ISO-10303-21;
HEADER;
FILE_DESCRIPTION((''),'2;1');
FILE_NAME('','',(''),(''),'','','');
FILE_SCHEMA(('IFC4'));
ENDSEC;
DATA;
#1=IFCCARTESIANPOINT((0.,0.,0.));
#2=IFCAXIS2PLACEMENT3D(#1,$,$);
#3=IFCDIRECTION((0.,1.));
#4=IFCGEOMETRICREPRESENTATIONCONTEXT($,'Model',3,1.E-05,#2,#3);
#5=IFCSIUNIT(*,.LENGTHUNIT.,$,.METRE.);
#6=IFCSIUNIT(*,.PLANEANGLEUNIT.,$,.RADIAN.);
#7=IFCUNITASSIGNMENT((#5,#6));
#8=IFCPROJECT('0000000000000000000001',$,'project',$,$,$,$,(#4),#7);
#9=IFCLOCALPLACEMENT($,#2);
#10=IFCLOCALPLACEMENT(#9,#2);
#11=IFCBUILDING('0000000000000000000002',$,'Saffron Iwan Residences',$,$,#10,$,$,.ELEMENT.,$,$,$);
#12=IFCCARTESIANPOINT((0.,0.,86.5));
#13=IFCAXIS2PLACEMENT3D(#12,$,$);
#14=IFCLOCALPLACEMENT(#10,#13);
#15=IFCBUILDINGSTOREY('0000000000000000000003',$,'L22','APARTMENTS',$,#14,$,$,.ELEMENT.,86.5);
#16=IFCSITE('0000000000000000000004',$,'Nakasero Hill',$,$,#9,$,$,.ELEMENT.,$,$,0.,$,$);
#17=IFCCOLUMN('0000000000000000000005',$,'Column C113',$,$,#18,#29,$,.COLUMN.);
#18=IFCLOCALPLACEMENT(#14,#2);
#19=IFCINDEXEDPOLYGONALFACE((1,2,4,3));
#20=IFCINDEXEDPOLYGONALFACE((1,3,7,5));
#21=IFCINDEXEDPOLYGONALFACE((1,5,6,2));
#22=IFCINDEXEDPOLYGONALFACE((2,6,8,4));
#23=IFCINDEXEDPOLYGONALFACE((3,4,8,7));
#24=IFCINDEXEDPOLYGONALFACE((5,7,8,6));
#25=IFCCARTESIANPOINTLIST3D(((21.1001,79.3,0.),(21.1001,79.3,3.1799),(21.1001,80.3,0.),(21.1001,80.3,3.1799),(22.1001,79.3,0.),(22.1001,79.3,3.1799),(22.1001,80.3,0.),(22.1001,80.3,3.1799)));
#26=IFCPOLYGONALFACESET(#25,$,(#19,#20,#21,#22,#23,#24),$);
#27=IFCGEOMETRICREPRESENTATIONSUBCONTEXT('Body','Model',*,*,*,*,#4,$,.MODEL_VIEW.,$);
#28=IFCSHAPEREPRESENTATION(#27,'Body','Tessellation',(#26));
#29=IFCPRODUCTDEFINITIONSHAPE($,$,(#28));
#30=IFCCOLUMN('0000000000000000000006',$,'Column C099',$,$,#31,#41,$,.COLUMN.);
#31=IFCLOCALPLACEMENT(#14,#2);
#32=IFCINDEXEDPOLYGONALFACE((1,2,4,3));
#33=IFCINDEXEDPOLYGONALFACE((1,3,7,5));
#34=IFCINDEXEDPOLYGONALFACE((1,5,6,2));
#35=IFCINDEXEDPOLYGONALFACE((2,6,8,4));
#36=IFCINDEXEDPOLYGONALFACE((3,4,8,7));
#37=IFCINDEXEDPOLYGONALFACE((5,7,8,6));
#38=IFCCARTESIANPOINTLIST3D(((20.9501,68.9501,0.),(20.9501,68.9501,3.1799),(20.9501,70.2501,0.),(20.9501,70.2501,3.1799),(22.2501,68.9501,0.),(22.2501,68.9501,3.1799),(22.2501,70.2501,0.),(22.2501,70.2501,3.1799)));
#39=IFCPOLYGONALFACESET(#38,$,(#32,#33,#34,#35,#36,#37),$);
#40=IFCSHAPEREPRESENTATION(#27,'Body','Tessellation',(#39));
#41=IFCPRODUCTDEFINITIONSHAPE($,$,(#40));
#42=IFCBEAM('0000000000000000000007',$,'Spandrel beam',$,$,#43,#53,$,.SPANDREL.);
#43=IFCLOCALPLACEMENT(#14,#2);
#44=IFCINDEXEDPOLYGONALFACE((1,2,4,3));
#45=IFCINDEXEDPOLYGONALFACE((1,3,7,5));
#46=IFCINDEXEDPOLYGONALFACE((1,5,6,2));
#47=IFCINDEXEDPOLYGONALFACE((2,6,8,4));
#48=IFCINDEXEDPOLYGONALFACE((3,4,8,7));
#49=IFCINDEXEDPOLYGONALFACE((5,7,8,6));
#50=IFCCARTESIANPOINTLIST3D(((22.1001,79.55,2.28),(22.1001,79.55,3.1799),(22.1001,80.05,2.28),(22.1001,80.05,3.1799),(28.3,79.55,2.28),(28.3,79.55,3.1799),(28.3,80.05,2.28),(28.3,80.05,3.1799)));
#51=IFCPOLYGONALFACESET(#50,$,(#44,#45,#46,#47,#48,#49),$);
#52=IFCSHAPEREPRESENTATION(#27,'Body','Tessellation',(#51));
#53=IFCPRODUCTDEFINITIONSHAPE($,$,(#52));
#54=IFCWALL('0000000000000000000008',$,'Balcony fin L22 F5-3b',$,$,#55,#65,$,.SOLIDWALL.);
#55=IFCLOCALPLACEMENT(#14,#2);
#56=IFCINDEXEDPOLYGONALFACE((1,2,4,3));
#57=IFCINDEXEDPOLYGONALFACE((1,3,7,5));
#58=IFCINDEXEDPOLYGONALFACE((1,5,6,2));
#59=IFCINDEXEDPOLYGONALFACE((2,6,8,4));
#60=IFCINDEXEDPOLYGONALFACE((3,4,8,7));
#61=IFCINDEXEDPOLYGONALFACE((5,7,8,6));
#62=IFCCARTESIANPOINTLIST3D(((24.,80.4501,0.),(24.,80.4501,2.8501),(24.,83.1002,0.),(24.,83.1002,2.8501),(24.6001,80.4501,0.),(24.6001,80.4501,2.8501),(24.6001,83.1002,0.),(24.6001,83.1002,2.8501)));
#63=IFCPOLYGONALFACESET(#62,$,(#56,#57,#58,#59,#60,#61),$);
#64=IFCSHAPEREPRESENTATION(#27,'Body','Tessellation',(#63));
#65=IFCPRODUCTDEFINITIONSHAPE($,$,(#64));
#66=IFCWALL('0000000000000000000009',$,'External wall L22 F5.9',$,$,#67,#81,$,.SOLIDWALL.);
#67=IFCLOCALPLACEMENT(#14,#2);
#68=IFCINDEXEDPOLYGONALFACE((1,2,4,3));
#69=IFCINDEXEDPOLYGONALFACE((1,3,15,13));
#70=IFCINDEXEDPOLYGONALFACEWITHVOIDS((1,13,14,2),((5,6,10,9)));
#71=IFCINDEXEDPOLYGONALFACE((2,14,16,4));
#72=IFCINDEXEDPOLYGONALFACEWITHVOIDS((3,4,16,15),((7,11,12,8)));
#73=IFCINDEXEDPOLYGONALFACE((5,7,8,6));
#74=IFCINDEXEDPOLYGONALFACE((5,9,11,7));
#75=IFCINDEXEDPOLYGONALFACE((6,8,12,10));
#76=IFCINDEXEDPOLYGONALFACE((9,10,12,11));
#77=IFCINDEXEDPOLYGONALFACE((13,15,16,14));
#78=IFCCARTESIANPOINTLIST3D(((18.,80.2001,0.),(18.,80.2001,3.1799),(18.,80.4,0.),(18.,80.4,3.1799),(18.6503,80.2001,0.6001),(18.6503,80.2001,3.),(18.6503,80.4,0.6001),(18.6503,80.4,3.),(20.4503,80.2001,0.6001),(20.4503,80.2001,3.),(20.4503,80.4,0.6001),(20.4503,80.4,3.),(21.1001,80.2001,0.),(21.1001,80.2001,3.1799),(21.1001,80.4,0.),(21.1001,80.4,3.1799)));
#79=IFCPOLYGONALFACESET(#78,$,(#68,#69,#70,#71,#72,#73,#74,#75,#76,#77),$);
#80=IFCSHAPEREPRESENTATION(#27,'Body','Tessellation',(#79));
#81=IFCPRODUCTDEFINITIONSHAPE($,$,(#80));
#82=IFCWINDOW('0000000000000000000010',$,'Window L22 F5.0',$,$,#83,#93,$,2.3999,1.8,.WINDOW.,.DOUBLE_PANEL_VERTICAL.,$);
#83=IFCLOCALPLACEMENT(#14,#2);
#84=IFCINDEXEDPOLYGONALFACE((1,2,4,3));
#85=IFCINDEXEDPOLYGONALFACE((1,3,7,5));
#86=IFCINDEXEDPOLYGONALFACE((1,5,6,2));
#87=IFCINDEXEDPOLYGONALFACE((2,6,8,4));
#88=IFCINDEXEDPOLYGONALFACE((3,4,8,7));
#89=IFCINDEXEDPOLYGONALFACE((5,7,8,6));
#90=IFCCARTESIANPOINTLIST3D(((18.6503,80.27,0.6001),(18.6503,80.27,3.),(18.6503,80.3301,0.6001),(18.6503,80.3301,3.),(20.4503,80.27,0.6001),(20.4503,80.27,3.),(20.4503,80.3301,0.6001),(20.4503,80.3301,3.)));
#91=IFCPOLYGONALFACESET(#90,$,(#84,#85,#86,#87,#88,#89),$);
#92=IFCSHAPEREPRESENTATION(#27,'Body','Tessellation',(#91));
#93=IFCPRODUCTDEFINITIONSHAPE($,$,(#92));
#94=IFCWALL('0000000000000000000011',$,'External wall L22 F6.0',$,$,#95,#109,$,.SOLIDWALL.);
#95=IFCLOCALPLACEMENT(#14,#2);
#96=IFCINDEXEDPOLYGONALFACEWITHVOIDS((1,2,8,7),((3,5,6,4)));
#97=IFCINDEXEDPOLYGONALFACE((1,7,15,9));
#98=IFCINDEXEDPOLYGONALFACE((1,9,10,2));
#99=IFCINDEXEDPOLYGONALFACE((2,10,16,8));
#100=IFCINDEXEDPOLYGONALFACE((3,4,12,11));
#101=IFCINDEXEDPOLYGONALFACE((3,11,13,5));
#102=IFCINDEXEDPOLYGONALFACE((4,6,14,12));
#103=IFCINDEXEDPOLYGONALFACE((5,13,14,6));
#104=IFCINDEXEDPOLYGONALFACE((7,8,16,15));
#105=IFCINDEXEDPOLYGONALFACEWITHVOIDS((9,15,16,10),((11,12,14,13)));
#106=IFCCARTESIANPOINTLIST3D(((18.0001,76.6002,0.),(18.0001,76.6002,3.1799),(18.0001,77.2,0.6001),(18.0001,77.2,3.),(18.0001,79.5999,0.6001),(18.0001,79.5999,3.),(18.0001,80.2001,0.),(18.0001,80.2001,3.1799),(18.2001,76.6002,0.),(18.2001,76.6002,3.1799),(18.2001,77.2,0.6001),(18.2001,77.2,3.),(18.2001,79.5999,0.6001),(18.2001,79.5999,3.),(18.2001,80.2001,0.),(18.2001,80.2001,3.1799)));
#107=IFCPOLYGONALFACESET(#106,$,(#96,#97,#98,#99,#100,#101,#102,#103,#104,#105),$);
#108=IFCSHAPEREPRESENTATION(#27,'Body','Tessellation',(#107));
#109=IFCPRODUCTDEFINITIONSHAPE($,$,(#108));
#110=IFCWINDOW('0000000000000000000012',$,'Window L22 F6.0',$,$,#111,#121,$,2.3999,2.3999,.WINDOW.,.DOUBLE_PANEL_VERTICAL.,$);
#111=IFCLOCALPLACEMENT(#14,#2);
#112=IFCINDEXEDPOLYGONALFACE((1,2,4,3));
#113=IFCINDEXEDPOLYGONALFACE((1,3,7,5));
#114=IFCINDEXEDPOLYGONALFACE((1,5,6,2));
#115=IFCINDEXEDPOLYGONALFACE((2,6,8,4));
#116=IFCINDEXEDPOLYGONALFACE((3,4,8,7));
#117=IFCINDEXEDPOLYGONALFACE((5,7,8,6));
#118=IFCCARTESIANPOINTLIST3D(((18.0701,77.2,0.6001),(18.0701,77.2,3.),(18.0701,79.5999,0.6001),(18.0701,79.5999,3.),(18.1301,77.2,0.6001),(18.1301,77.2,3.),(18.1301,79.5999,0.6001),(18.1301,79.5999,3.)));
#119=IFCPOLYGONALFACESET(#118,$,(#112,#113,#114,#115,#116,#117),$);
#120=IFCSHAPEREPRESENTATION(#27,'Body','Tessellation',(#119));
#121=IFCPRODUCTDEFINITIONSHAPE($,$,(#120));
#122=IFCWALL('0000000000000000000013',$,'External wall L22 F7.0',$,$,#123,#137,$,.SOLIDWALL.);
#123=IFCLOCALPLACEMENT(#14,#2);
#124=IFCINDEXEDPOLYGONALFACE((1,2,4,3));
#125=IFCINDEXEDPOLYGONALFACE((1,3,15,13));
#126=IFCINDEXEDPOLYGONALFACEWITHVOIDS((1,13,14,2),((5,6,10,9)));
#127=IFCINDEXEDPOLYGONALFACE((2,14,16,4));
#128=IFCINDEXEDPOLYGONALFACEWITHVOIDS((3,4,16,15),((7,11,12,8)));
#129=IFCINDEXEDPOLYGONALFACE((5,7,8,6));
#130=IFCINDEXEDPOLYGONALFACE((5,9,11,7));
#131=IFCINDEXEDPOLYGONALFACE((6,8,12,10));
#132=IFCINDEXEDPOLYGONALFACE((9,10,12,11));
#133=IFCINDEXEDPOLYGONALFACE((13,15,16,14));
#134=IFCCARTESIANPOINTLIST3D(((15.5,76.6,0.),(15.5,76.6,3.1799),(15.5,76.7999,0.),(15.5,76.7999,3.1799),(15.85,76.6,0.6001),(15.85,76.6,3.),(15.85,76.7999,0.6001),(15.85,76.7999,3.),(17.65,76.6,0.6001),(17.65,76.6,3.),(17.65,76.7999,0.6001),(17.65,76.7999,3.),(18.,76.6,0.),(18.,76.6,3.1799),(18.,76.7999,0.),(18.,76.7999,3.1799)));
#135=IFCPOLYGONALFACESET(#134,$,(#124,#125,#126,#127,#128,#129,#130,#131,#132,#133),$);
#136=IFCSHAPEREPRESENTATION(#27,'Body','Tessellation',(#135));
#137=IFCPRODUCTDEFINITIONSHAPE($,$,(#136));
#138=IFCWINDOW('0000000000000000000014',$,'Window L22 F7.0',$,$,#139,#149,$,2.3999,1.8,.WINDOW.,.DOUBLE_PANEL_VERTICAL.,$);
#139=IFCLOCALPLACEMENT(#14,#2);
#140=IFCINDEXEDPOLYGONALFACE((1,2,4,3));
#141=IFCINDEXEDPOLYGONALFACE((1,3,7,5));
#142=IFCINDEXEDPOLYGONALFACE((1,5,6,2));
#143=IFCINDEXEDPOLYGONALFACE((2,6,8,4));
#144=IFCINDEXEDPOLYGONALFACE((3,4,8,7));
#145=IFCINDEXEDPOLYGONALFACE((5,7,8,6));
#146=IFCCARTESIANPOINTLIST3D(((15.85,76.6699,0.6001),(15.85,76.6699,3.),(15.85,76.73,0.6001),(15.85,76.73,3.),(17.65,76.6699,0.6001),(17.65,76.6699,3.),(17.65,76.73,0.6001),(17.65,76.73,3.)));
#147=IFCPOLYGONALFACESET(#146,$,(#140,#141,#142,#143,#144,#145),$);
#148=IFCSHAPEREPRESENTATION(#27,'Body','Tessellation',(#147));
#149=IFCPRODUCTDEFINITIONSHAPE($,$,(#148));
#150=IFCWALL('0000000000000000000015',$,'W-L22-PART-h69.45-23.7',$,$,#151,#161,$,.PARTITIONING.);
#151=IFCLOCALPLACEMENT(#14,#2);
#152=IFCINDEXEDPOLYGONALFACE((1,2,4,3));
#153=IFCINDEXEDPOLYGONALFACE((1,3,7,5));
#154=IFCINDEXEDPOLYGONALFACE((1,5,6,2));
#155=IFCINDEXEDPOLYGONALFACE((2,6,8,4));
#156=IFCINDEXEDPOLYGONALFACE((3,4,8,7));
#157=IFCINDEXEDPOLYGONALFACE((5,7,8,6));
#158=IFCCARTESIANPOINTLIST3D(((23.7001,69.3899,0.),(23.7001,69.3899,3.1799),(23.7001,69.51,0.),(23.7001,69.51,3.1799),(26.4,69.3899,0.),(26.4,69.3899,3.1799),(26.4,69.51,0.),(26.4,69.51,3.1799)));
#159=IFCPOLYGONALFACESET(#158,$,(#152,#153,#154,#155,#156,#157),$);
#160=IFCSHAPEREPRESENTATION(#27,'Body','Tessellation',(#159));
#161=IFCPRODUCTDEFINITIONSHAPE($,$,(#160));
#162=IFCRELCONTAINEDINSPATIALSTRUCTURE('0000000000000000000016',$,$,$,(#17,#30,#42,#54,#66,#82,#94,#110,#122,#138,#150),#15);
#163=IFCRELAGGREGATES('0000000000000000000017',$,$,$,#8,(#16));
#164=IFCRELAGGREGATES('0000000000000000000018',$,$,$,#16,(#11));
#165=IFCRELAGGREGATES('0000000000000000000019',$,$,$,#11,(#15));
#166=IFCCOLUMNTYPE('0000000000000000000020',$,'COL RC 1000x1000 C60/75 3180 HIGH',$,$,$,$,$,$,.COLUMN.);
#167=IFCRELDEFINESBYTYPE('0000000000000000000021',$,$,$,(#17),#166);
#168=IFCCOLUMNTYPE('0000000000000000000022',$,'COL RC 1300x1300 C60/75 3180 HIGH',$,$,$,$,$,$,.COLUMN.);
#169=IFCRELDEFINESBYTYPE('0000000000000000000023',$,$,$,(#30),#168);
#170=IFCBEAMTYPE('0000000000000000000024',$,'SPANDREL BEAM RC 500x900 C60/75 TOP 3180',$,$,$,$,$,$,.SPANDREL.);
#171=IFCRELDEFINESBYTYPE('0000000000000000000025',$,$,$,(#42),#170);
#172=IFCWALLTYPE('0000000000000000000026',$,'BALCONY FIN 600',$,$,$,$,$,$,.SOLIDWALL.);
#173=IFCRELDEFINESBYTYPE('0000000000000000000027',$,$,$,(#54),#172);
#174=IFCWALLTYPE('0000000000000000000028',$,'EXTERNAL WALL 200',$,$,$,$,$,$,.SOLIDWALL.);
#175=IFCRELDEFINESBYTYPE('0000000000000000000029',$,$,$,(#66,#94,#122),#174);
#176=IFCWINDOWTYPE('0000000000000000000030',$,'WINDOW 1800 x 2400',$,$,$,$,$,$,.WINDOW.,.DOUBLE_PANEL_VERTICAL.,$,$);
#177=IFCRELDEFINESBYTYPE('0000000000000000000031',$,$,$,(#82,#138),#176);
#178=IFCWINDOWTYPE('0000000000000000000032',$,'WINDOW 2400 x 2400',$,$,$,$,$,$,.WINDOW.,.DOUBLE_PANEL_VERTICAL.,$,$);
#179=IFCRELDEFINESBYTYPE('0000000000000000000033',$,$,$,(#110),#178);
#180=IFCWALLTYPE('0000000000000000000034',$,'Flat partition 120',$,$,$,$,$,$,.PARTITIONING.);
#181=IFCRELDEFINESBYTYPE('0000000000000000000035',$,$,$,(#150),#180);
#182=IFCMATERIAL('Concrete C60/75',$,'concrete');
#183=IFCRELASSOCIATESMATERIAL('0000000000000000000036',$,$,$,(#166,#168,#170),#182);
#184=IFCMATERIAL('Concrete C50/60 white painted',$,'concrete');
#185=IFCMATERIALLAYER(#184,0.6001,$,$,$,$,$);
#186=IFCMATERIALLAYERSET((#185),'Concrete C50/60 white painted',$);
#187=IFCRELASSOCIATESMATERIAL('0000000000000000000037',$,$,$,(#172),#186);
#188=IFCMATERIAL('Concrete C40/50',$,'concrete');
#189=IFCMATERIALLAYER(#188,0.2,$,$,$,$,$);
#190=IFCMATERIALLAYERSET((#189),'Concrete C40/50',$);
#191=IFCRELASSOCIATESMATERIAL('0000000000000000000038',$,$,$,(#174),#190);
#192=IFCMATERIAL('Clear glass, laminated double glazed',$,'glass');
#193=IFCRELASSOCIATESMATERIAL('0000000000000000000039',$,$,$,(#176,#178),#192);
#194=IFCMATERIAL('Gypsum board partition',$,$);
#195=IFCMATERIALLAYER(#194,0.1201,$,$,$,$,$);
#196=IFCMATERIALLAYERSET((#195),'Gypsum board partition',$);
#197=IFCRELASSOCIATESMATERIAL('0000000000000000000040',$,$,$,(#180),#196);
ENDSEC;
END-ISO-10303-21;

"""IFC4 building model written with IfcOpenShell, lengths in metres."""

from ifc_helpers import new_model, si_unit, direction, frame, frame_2d, origin, origin_2d, place, context, subcontext, project, spatial, rectangle, extrude, source, transform, mapped, material, layer, layer_set, material_profile, profile_set, type_object, element, fill, save


model = new_model("IFC4")

# Units and contexts
model_context = context("Model", 3, precision=1e-05, world=origin(), true_north=direction((0.0, 1.0)))
body_context = subcontext(model_context, "Body", "Model", "MODEL_VIEW")
ifc_project = project(units=[si_unit("LENGTHUNIT", "METRE"), si_unit("PLANEANGLEUNIT", "RADIAN")], contexts=[model_context])

# Site, building, storey
site_placement = place(None, origin())
site = spatial("IfcSite", under=ifc_project, at=site_placement, Name="Nakasero Hill", CompositionType="ELEMENT", RefElevation=0.0)
building_placement = place(site_placement, origin())
building = spatial("IfcBuilding", under=site, at=building_placement, Name="Saffron Iwan Residences", CompositionType="ELEMENT")
storey_placement = place(building_placement, frame((0.0, 0.0, 86.5)))
storey = spatial("IfcBuildingStorey", under=building, at=storey_placement, Name="L22", Description="APARTMENTS", CompositionType="ELEMENT", Elevation=86.5)

# Columns
ifc_material_1 = material(Name="Concrete C60/75", Category="concrete")
ifc_material_profile_1 = material_profile(ifc_material_1, rectangle(XDim=1.0, YDim=1.0, at=origin_2d()), Name="RC 1000x1000")
ifc_profile_set_1 = profile_set([ifc_material_profile_1], Name="Concrete C60/75")
column_type_1 = type_object("IfcColumnType", Name="COL RC 1000x1000 C60/75 3180 HIGH", PredefinedType="COLUMN", material=ifc_profile_set_1)
shared_shape_1 = source(origin(), body_context, "Body", "SweptSolid", [
    extrude(rectangle(XDim=1.0, YDim=1.0, at=origin_2d()), origin(), (0.0, 0.0, 1.0), 3.1799),
])
column_1_placement = place(storey_placement, frame((21.6001, 79.8, 0.0), z_axis=(0.0, 0.0, 1.0), x_axis=(1.0, 0.0, 0.0)))
element("IfcColumn", 1, at=column_1_placement, inside=storey, type_object=column_type_1, Name="Column C113", PredefinedType="COLUMN", context=body_context, shape_type="MappedRepresentation", body=[
    mapped(shared_shape_1, transform((0.0, 0.0, 0.0))),
])
ifc_material_profile_2 = material_profile(ifc_material_1, rectangle(XDim=1.3, YDim=1.3, at=origin_2d()), Name="RC 1300x1300")
ifc_profile_set_2 = profile_set([ifc_material_profile_2], Name="Concrete C60/75")
column_type_2 = type_object("IfcColumnType", Name="COL RC 1300x1300 C60/75 3180 HIGH", PredefinedType="COLUMN", material=ifc_profile_set_2)
shared_shape_2 = source(origin(), body_context, "Body", "SweptSolid", [
    extrude(rectangle(XDim=1.3, YDim=1.3, at=origin_2d()), origin(), (0.0, 0.0, 1.0), 3.1799),
])
column_2_placement = place(storey_placement, frame((21.6001, 69.6001, 0.0), z_axis=(0.0, 0.0, 1.0), x_axis=(1.0, 0.0, 0.0)))
element("IfcColumn", 2, at=column_2_placement, inside=storey, type_object=column_type_2, Name="Column C099", PredefinedType="COLUMN", context=body_context, shape_type="MappedRepresentation", body=[
    mapped(shared_shape_2, transform((0.0, 0.0, 0.0))),
])

# Beam
ifc_material_profile_3 = material_profile(ifc_material_1, rectangle(XDim=0.5, YDim=0.8999, at=origin_2d()), Name="RC 500x900")
ifc_profile_set_3 = profile_set([ifc_material_profile_3], Name="Concrete C60/75")
beam_type = type_object("IfcBeamType", Name="SPANDREL BEAM RC 500x900 C60/75 TOP 3180", PredefinedType="SPANDREL", material=ifc_profile_set_3)
shared_shape_3 = source(origin(), body_context, "Body", "SweptSolid", [
    extrude(rectangle(XDim=0.5, YDim=0.8999, at=origin_2d()), origin(), (0.0, 0.0, 1.0), 6.2),
])
beam_placement = place(storey_placement, frame((22.1001, 79.8, 2.73), z_axis=(1.0, 0.0, 0.0), x_axis=(0.0, 1.0, 0.0)))
element("IfcBeam", 3, at=beam_placement, inside=storey, type_object=beam_type, Name="Spandrel beam", PredefinedType="SPANDREL", context=body_context, shape_type="MappedRepresentation", body=[
    mapped(shared_shape_3, transform((0.0, 0.0, 0.0))),
])

# Wall
ifc_material_2 = material(Name="Concrete C50/60 white painted", Category="concrete")
ifc_layer_1 = layer(ifc_material_2, 0.6001)
ifc_layer_set_1 = layer_set([ifc_layer_1], Name="Concrete C50/60 white painted")
wall_type_1 = type_object("IfcWallType", Name="BALCONY FIN 600", PredefinedType="SOLIDWALL", material=ifc_layer_set_1)
wall_1_placement = place(storey_placement, frame((24.3, 80.45, 0.0), z_axis=(0.0, 0.0, 1.0), x_axis=(0.0, 1.0, 0.0)))
element("IfcWall", 4, at=wall_1_placement, inside=storey, type_object=wall_type_1, Name="Balcony fin L22 F5-3b", PredefinedType="SOLIDWALL", context=body_context, shape_type="SweptSolid", body=[
    extrude(rectangle(XDim=2.6501, YDim=0.6001, at=frame_2d((1.3252, 0.0))), origin(), (0.0, 0.0, 1.0), 2.8501),
])

# Shared definitions
ifc_material_3 = material(Name="Concrete C40/50", Category="concrete")
ifc_layer_2 = layer(ifc_material_3, 0.2)
ifc_layer_set_2 = layer_set([ifc_layer_2], Name="Concrete C40/50")
wall_type_2 = type_object("IfcWallType", Name="EXTERNAL WALL 200", PredefinedType="SOLIDWALL", material=ifc_layer_set_2)
ifc_material_4 = material(Name="Clear glass, laminated double glazed", Category="glass")

# Walls, openings, windows
wall_2_placement = place(storey_placement, frame((21.1001, 80.3, 0.0), z_axis=(0.0, 0.0, 1.0), x_axis=(-1.0, 0.0, 0.0)))
wall_2 = element("IfcWall", 5, at=wall_2_placement, inside=storey, type_object=wall_type_2, Name="External wall L22 F5.9", PredefinedType="SOLIDWALL", context=body_context, shape_type="SweptSolid", body=[
    extrude(rectangle(XDim=3.1001, YDim=0.2, at=frame_2d((1.55, 0.0))), origin(), (0.0, 0.0, 1.0), 3.1799),
])
opening_1_placement = place(wall_2_placement, frame((0.6499, 0.0, 0.6001)))
opening_1 = element("IfcOpeningElement", 6, at=opening_1_placement, cuts=wall_2, PredefinedType="OPENING", context=body_context, shape_type="SweptSolid", body=[
    extrude(rectangle(XDim=1.8, YDim=2.3999, at=frame_2d((0.8999, 1.2))), frame((0.0, 0.1099, 0.0), z_axis=(0.0, -1.0, 0.0), x_axis=(1.0, 0.0, 0.0)), (0.0, 0.0, 1.0), 0.22),
])
window_type_1 = type_object("IfcWindowType", Name="WINDOW 1800 x 2400", PartitioningType="DOUBLE_PANEL_VERTICAL", PredefinedType="WINDOW", material=ifc_material_4)
window_1_placement = place(opening_1_placement, origin())
window_1 = element("IfcWindow", 7, at=window_1_placement, inside=storey, type_object=window_type_1, Name="Window L22 F5.0", OverallHeight=2.3999, OverallWidth=1.8, PartitioningType="DOUBLE_PANEL_VERTICAL", PredefinedType="WINDOW", context=body_context, shape_type="SweptSolid", body=[
    extrude(rectangle(XDim=1.8, YDim=2.3999, at=frame_2d((0.8999, 1.2))), frame((0.0, 0.03, 0.0), z_axis=(0.0, -1.0, 0.0), x_axis=(1.0, 0.0, 0.0)), (0.0, 0.0, 1.0), 0.0601),
])
fill(opening_1, window_1)
wall_3_placement = place(storey_placement, frame((18.1001, 80.2, 0.0), z_axis=(0.0, 0.0, 1.0), x_axis=(0.0, -1.0, 0.0)))
wall_3 = element("IfcWall", 8, at=wall_3_placement, inside=storey, type_object=wall_type_2, Name="External wall L22 F6.0", PredefinedType="SOLIDWALL", context=body_context, shape_type="SweptSolid", body=[
    extrude(rectangle(XDim=3.5999, YDim=0.2, at=frame_2d((1.7998, 0.0))), origin(), (0.0, 0.0, 1.0), 3.1799),
])
opening_2_placement = place(wall_3_placement, frame((0.6001, 0.0, 0.6001)))
opening_2 = element("IfcOpeningElement", 9, at=opening_2_placement, cuts=wall_3, PredefinedType="OPENING", context=body_context, shape_type="SweptSolid", body=[
    extrude(rectangle(XDim=2.3999, YDim=2.3999, at=frame_2d((1.2, 1.2))), frame((0.0, 0.1099, 0.0), z_axis=(0.0, -1.0, 0.0), x_axis=(1.0, 0.0, 0.0)), (0.0, 0.0, 1.0), 0.22),
])
window_type_2 = type_object("IfcWindowType", Name="WINDOW 2400 x 2400", PartitioningType="DOUBLE_PANEL_VERTICAL", PredefinedType="WINDOW", material=ifc_material_4)
window_2_placement = place(opening_2_placement, origin())
window_2 = element("IfcWindow", 10, at=window_2_placement, inside=storey, type_object=window_type_2, Name="Window L22 F6.0", OverallHeight=2.3999, OverallWidth=2.3999, PartitioningType="DOUBLE_PANEL_VERTICAL", PredefinedType="WINDOW", context=body_context, shape_type="SweptSolid", body=[
    extrude(rectangle(XDim=2.3999, YDim=2.3999, at=frame_2d((1.2, 1.2))), frame((0.0, 0.03, 0.0), z_axis=(0.0, -1.0, 0.0), x_axis=(1.0, 0.0, 0.0)), (0.0, 0.0, 1.0), 0.0601),
])
fill(opening_2, window_2)
wall_4_placement = place(storey_placement, frame((18.0, 76.7, 0.0), z_axis=(0.0, 0.0, 1.0), x_axis=(-1.0, 0.0, 0.0)))
wall_4 = element("IfcWall", 11, at=wall_4_placement, inside=storey, type_object=wall_type_2, Name="External wall L22 F7.0", PredefinedType="SOLIDWALL", context=body_context, shape_type="SweptSolid", body=[
    extrude(rectangle(XDim=2.5, YDim=0.2, at=frame_2d((1.25, 0.0))), origin(), (0.0, 0.0, 1.0), 3.1799),
])
opening_3_placement = place(wall_4_placement, frame((0.3501, 0.0, 0.6001)))
opening_3 = element("IfcOpeningElement", 12, at=opening_3_placement, cuts=wall_4, PredefinedType="OPENING", context=body_context, shape_type="SweptSolid", body=[
    extrude(rectangle(XDim=1.8, YDim=2.3999, at=frame_2d((0.8999, 1.2))), frame((0.0, 0.1099, 0.0), z_axis=(0.0, -1.0, 0.0), x_axis=(1.0, 0.0, 0.0)), (0.0, 0.0, 1.0), 0.22),
])
window_3_placement = place(opening_3_placement, origin())
window_3 = element("IfcWindow", 13, at=window_3_placement, inside=storey, type_object=window_type_1, Name="Window L22 F7.0", OverallHeight=2.3999, OverallWidth=1.8, PartitioningType="DOUBLE_PANEL_VERTICAL", PredefinedType="WINDOW", context=body_context, shape_type="SweptSolid", body=[
    extrude(rectangle(XDim=1.8, YDim=2.3999, at=frame_2d((0.8999, 1.2))), frame((0.0, 0.03, 0.0), z_axis=(0.0, -1.0, 0.0), x_axis=(1.0, 0.0, 0.0)), (0.0, 0.0, 1.0), 0.0601),
])
fill(opening_3, window_3)

# Wall
ifc_material_5 = material(Name="Gypsum board partition")
ifc_layer_3 = layer(ifc_material_5, 0.1201)
ifc_layer_set_3 = layer_set([ifc_layer_3], Name="Gypsum board partition")
wall_type_3 = type_object("IfcWallType", Name="Flat partition 120", PredefinedType="PARTITIONING", material=ifc_layer_set_3)
wall_5_placement = place(storey_placement, frame((23.7, 69.45, 0.0), z_axis=(0.0, 0.0, 1.0), x_axis=(1.0, 0.0, 0.0)))
element("IfcWall", 14, at=wall_5_placement, inside=storey, type_object=wall_type_3, Name="W-L22-PART-h69.45-23.7", PredefinedType="PARTITIONING", context=body_context, shape_type="SweptSolid", body=[
    extrude(rectangle(XDim=2.7, YDim=0.1201, at=frame_2d((1.3501, 0.0))), origin(), (0.0, 0.0, 1.0), 3.1799),
])

save(model, "model.ifc")
